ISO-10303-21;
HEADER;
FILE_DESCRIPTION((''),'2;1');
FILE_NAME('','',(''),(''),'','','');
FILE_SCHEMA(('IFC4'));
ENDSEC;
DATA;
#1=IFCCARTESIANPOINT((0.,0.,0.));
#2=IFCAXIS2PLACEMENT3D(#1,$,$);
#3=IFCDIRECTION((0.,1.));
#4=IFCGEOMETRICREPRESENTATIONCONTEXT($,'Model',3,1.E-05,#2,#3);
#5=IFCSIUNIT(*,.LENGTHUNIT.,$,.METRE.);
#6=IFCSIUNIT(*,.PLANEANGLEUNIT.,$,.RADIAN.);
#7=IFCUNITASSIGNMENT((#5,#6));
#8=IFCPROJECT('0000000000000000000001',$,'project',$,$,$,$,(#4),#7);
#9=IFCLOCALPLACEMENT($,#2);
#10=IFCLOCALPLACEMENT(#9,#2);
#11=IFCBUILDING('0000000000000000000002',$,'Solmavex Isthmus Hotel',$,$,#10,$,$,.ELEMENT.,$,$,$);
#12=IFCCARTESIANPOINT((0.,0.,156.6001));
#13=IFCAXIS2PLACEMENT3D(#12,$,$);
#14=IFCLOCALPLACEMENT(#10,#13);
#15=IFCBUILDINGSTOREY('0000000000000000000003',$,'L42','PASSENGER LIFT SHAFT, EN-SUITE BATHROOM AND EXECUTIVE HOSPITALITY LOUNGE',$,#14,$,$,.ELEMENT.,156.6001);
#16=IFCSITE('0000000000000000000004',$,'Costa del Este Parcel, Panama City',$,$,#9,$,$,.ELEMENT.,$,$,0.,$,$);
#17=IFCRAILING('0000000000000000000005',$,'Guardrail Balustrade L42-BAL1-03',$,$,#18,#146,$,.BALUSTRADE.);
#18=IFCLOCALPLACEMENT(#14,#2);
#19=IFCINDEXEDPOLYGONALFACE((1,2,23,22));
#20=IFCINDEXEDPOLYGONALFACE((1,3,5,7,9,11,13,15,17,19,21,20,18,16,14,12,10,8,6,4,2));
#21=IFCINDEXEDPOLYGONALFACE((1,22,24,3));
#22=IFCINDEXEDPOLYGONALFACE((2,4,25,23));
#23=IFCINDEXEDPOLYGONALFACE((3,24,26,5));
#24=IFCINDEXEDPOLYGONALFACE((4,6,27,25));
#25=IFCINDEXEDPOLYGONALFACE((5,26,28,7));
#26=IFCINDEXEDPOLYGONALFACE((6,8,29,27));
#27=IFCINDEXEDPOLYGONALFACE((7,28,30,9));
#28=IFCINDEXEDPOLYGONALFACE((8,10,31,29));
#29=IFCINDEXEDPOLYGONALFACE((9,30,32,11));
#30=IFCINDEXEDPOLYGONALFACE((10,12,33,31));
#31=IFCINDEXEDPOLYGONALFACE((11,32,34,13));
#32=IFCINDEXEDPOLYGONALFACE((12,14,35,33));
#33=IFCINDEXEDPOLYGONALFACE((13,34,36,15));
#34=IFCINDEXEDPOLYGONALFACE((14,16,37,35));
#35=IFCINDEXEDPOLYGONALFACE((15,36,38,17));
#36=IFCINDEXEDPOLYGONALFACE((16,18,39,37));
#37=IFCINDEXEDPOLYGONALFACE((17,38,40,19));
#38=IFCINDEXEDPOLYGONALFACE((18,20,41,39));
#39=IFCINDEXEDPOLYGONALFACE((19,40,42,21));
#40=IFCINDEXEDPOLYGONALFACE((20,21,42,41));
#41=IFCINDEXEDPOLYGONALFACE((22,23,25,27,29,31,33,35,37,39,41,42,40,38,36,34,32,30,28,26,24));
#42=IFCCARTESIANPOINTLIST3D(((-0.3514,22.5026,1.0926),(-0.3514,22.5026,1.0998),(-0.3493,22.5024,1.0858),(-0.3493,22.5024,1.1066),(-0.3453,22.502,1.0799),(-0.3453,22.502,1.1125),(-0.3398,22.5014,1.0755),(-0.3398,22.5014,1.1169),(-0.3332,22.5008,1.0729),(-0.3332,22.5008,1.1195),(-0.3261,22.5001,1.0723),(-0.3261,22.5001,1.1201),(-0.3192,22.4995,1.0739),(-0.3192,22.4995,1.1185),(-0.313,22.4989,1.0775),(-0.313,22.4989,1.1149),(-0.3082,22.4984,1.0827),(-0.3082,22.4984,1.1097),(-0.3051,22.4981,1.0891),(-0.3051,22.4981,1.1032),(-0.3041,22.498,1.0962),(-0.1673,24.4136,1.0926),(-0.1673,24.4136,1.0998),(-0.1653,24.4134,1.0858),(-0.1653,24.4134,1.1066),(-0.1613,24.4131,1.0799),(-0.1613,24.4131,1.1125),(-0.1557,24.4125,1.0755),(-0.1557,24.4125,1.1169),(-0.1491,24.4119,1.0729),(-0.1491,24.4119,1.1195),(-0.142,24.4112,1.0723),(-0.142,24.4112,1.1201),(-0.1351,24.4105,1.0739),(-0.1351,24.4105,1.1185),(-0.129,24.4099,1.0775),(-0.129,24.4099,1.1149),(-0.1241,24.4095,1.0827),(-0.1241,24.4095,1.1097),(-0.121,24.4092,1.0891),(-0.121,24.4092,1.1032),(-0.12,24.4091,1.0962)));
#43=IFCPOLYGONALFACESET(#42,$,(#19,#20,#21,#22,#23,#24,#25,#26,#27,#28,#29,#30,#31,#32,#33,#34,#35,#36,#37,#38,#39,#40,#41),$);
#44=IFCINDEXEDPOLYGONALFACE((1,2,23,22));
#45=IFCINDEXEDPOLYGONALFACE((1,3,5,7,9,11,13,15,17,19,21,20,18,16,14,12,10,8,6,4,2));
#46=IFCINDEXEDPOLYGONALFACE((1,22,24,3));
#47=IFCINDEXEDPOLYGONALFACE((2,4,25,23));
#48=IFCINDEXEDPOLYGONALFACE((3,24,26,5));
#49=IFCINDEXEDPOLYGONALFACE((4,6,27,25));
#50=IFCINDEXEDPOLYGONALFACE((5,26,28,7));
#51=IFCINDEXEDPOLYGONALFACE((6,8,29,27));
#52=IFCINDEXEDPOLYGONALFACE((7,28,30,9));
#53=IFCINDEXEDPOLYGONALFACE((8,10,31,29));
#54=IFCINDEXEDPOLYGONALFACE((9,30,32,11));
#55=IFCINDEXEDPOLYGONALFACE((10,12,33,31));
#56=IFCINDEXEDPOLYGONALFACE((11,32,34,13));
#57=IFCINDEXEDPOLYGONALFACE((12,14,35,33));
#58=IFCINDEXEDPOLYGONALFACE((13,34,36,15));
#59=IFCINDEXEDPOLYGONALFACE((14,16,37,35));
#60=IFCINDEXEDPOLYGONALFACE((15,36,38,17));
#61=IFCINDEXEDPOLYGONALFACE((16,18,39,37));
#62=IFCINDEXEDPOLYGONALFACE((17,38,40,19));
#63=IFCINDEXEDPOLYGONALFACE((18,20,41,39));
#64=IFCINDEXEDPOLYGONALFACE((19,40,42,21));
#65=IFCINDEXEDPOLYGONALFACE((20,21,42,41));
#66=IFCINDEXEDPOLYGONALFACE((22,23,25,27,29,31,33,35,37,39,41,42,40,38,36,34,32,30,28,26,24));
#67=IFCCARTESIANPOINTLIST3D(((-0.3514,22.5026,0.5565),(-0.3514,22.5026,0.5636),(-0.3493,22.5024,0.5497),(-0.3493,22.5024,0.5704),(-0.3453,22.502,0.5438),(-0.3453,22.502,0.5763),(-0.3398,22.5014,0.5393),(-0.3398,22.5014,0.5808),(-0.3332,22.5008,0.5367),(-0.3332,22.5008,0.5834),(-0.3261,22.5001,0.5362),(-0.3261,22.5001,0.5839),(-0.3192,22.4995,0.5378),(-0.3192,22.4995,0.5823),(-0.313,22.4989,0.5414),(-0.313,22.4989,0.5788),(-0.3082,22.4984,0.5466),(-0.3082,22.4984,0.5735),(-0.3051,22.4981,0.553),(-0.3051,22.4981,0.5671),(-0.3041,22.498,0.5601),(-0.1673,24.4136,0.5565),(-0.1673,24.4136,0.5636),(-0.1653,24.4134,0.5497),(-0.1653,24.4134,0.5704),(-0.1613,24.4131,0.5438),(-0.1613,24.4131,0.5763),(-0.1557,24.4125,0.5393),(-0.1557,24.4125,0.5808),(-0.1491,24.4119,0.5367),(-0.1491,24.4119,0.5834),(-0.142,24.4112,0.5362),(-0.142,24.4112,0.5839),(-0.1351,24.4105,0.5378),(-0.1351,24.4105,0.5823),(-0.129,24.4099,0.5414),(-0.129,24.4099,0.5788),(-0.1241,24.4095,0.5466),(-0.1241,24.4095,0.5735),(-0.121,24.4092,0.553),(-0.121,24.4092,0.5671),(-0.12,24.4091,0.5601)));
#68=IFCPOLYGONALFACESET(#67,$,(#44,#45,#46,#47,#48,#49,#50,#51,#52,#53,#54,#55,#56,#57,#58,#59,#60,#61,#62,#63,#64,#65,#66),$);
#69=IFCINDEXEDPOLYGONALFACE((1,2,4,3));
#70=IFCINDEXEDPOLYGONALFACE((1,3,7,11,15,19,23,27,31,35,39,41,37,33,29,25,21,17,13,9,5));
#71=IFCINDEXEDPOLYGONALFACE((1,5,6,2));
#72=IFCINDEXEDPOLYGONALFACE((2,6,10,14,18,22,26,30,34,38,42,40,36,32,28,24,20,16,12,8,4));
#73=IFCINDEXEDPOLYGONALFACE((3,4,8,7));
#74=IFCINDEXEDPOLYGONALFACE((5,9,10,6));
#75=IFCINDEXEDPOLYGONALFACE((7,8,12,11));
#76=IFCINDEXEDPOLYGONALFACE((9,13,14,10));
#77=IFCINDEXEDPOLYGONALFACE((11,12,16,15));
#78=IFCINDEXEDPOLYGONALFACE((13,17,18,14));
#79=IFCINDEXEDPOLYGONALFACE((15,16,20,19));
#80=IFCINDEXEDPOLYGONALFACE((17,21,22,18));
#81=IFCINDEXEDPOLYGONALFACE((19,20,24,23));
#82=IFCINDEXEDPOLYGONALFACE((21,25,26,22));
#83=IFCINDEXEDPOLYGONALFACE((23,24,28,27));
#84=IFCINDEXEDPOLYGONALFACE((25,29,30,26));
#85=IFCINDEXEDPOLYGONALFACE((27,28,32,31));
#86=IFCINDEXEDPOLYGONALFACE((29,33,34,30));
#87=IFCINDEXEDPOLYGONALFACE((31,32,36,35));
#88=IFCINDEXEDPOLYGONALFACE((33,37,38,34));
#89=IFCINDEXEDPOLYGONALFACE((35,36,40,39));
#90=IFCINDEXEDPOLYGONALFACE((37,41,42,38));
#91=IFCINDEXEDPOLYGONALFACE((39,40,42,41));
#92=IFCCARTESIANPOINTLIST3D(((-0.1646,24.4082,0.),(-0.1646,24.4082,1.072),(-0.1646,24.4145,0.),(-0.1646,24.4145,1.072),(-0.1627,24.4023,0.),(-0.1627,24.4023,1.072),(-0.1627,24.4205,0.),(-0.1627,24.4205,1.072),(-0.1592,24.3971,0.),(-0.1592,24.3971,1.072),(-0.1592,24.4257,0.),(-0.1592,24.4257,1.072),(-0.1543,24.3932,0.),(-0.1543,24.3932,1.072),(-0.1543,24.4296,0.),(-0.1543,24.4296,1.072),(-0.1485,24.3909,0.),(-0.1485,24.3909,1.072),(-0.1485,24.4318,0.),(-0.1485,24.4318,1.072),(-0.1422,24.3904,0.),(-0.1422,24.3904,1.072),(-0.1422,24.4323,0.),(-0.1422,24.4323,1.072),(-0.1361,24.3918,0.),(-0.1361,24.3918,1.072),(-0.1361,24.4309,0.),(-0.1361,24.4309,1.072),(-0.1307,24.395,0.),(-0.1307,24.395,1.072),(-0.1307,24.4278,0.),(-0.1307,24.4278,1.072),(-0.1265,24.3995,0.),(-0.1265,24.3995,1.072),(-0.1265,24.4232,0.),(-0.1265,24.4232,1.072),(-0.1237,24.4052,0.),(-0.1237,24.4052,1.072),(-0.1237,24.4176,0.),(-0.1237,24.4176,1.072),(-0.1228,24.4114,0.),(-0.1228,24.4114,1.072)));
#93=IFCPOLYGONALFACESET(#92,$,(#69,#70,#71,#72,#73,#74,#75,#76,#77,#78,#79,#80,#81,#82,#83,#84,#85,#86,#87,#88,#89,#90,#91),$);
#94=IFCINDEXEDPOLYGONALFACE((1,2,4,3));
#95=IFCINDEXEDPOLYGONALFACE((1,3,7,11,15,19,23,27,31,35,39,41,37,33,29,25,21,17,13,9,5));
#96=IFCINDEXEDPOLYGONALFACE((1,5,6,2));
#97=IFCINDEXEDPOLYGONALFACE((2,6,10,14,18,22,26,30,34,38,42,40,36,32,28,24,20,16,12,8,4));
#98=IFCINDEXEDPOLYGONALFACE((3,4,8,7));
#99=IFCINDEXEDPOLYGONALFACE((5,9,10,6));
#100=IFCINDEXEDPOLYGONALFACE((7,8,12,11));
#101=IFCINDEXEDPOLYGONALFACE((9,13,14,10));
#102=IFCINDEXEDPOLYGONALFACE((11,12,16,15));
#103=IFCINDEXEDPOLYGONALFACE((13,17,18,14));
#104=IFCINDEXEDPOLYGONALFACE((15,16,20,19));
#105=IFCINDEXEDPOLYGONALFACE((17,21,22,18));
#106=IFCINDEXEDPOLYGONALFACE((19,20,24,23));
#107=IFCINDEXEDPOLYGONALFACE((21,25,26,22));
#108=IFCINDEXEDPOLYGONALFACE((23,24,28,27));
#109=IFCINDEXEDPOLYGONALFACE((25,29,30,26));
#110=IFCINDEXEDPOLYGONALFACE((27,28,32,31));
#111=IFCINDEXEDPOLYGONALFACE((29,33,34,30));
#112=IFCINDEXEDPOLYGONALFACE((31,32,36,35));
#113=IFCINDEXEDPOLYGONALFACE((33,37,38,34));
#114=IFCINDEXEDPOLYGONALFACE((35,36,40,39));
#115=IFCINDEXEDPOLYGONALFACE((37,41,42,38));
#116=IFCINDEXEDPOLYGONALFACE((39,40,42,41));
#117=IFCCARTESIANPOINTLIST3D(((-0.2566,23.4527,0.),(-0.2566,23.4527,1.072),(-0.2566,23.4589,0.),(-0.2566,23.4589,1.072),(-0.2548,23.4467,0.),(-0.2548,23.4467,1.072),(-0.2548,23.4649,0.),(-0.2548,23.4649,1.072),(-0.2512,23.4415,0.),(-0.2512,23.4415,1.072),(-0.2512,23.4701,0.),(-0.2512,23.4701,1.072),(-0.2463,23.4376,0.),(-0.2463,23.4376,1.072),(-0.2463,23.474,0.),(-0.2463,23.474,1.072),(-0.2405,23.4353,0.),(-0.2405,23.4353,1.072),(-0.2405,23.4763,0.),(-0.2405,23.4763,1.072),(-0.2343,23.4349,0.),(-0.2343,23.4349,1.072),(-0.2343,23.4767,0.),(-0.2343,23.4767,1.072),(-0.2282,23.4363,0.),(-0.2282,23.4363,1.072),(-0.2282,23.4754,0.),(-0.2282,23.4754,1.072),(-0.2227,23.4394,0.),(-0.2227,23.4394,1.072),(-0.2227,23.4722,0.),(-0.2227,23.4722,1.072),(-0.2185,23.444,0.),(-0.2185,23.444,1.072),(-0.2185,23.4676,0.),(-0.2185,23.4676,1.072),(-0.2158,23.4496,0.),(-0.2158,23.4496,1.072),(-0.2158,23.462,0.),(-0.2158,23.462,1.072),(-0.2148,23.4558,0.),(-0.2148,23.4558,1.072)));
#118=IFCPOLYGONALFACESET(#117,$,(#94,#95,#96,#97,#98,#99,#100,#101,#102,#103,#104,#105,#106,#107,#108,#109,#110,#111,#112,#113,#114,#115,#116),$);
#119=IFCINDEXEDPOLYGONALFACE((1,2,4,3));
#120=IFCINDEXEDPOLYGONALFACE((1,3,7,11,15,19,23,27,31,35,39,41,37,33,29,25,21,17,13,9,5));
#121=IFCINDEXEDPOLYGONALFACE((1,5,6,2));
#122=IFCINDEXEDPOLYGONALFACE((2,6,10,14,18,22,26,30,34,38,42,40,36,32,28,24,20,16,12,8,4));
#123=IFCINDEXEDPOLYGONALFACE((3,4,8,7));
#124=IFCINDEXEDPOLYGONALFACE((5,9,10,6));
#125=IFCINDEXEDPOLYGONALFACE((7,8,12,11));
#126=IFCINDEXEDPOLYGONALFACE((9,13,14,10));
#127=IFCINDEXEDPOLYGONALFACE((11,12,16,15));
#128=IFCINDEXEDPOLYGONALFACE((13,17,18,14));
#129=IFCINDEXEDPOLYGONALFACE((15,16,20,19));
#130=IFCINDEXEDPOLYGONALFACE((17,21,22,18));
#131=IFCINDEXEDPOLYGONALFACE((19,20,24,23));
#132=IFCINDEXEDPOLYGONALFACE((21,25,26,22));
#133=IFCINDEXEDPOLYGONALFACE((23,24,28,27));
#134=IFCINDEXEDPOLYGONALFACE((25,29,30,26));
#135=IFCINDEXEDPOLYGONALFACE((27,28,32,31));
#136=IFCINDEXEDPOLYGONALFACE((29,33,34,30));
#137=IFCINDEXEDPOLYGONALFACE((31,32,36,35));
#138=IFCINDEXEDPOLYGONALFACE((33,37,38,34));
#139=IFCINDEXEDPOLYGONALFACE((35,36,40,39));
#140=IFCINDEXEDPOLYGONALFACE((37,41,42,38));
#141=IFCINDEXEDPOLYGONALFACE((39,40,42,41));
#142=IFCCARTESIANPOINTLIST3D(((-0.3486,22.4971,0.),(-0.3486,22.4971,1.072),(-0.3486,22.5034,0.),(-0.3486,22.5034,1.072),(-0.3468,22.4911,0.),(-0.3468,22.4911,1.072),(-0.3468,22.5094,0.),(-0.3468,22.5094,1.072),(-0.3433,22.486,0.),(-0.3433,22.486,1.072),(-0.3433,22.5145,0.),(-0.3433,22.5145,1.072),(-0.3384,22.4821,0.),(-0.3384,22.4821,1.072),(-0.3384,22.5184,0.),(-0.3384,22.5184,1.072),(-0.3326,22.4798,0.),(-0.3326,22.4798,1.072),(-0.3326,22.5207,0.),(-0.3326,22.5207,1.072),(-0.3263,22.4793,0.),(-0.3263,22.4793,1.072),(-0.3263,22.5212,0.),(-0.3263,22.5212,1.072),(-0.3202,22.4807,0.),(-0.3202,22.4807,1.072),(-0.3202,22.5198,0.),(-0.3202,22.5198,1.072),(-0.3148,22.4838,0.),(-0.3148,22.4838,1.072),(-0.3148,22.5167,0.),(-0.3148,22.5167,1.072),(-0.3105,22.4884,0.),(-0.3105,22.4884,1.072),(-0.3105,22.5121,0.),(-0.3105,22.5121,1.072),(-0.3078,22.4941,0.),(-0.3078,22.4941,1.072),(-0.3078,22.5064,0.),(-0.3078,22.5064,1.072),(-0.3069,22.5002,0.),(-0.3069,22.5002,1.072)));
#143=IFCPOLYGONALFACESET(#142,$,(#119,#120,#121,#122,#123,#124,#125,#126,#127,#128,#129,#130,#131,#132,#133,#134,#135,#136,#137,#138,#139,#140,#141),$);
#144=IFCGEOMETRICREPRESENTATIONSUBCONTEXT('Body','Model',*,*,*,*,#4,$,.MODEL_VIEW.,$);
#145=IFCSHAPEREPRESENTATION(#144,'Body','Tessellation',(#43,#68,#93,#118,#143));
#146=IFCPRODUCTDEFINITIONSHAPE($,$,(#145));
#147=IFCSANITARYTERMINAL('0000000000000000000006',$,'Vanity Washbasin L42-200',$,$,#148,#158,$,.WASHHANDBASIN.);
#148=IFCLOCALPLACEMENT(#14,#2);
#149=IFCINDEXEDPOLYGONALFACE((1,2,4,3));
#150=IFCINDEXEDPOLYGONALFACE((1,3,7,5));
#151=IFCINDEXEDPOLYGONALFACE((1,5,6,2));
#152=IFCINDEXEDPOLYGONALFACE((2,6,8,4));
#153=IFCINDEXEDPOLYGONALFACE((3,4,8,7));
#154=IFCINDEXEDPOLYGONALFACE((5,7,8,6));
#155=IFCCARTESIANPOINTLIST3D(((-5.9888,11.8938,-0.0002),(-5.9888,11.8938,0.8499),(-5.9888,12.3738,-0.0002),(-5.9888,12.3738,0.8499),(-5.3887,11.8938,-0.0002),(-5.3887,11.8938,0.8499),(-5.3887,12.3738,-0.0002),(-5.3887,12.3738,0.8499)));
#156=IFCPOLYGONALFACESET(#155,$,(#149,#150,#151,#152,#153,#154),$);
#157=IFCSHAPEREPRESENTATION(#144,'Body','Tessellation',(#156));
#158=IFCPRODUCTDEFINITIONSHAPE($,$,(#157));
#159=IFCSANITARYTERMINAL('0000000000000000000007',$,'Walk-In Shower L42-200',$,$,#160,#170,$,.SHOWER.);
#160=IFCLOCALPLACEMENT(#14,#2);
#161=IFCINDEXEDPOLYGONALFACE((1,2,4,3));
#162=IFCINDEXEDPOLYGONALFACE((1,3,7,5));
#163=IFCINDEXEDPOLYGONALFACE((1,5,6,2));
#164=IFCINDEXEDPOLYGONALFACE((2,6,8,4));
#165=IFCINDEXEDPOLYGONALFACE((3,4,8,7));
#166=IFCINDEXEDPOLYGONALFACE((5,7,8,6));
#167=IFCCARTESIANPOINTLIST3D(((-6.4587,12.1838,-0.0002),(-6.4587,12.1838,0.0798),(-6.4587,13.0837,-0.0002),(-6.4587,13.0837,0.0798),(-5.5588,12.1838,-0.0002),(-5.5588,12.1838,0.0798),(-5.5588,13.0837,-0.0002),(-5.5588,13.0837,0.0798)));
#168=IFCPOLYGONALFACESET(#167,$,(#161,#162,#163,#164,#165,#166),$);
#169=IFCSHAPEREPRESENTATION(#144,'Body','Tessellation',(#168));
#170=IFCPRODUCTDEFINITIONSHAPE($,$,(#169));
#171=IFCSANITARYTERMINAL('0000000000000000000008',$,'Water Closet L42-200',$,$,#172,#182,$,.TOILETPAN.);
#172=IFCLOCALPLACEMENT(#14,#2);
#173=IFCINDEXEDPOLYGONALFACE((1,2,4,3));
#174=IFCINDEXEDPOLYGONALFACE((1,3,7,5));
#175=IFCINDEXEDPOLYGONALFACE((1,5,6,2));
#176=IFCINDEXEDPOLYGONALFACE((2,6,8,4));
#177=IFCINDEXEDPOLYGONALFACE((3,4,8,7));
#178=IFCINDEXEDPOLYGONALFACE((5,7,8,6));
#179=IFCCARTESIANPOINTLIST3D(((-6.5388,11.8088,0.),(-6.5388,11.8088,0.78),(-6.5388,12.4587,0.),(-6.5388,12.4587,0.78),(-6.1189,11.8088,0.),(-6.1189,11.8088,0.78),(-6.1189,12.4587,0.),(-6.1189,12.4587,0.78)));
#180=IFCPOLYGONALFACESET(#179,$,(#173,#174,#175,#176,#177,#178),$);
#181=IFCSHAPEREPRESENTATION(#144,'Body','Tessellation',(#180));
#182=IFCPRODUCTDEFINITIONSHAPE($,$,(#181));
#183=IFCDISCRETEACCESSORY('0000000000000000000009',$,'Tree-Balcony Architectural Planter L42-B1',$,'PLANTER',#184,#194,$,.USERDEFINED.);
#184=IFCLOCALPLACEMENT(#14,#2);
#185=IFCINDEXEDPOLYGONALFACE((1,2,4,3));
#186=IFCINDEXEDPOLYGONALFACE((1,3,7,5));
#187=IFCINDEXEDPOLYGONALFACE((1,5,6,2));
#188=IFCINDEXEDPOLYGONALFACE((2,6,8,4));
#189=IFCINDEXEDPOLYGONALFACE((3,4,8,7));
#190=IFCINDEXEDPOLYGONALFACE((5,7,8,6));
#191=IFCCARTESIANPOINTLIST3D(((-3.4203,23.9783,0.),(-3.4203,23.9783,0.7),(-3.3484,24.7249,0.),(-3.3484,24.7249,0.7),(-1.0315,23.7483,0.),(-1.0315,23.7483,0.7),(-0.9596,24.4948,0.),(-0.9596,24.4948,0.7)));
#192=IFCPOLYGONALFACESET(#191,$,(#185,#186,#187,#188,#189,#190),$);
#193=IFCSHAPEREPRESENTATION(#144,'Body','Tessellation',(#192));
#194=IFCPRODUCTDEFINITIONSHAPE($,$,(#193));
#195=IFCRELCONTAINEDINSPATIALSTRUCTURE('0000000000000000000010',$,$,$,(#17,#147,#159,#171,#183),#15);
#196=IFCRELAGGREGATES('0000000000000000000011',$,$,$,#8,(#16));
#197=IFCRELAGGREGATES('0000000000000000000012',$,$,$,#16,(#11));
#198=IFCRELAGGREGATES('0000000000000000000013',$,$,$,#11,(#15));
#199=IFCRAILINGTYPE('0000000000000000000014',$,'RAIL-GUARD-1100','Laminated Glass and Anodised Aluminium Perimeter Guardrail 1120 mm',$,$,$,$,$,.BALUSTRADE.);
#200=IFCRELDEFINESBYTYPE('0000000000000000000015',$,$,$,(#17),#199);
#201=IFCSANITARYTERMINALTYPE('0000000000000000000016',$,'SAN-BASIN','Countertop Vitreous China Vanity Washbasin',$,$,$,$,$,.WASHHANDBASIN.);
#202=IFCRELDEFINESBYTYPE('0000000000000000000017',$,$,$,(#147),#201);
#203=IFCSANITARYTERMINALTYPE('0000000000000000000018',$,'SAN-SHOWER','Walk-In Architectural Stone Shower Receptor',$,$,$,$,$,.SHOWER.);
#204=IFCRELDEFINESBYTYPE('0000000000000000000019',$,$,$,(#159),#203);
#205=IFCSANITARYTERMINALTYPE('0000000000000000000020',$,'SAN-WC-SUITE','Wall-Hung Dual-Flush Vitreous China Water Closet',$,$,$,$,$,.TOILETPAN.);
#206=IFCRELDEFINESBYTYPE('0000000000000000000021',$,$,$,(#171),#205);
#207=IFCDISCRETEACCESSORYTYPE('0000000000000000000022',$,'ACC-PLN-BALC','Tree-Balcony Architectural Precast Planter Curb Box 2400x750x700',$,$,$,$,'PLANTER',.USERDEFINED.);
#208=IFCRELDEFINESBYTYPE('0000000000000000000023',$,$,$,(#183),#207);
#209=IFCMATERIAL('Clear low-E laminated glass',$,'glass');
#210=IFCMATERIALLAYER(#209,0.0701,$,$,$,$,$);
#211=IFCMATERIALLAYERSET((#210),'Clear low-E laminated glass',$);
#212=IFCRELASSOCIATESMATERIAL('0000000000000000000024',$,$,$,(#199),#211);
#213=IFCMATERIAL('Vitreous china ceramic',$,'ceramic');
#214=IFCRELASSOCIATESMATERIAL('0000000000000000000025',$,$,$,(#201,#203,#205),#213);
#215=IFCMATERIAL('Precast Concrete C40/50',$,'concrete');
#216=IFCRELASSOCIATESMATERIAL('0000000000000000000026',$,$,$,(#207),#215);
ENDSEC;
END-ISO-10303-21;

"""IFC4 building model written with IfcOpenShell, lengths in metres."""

from ifc_helpers import new_model, si_unit, direction, frame, origin, origin_2d, place, context, subcontext, project, spatial, rectangle, circle, extrude, material, layer, layer_set, type_object, element, save


model = new_model("IFC4")

# Units and contexts
model_context = context("Model", 3, precision=1e-05, world=origin(), true_north=direction((0.0, 1.0)))
body_context = subcontext(model_context, "Body", "Model", "MODEL_VIEW")
ifc_project = project(units=[si_unit("LENGTHUNIT", "METRE"), si_unit("PLANEANGLEUNIT", "RADIAN")], contexts=[model_context])

# Site, building, storey
site_placement = place(None, origin())
site = spatial("IfcSite", under=ifc_project, at=site_placement, Name="Costa del Este Parcel, Panama City", CompositionType="ELEMENT", RefElevation=0.0)
building_placement = place(site_placement, origin())
building = spatial("IfcBuilding", under=site, at=building_placement, Name="Solmavex Isthmus Hotel", CompositionType="ELEMENT")
storey_placement = place(building_placement, frame((0.0, 0.0, 156.6001)))
storey = spatial("IfcBuildingStorey", under=building, at=storey_placement, Name="L42", Description="PASSENGER LIFT SHAFT, EN-SUITE BATHROOM AND EXECUTIVE HOSPITALITY LOUNGE", CompositionType="ELEMENT", Elevation=156.6001)

# Shared definitions
ifc_material_1 = material(Name="Clear low-E laminated glass", Category="glass")

# Shared definitions
ifc_material_2 = material(Name="Precast Concrete C40/50", Category="concrete")

# Railing
ifc_layer_1 = layer(ifc_material_1, 0.0701)
ifc_layer_set_1 = layer_set([ifc_layer_1], Name="Clear low-E laminated glass")
railing_type = type_object("IfcRailingType", Name="RAIL-GUARD-1100", Description="Laminated Glass and Anodised Aluminium Perimeter Guardrail 1120 mm", PredefinedType="BALUSTRADE", material=ifc_layer_set_1)
railing_1_placement = place(storey_placement, frame((-0.1438, 24.4114, 0.0)))
element("IfcRailing", 1, at=railing_1_placement, inside=storey, type_object=railing_type, Name="Guardrail Balustrade L42-BAL1-03", PredefinedType="BALUSTRADE", context=body_context, shape_type="SweptSolid", body=[
    extrude(circle(Radius=0.0239, at=origin_2d()), frame((0.0, 0.0, 1.0962), z_axis=(-0.095877, -0.995393, 0.0), x_axis=(0.995393, -0.095877, 0.0)), (0.0, 0.0, 1.0), 1.9199),
    extrude(circle(Radius=0.0239, at=origin_2d()), frame((0.0, 0.0, 0.5601), z_axis=(-0.095877, -0.995393, 0.0), x_axis=(0.995393, -0.095877, 0.0)), (0.0, 0.0, 1.0), 1.9199),
    extrude(circle(Radius=0.021, at=origin_2d()), origin(), (0.0, 0.0, 1.0), 1.072),
    extrude(circle(Radius=0.021, at=origin_2d()), frame((-0.092, -0.9556, 0.0)), (0.0, 0.0, 1.0), 1.072),
    extrude(circle(Radius=0.021, at=origin_2d()), frame((-0.1841, -1.9111, 0.0)), (0.0, 0.0, 1.0), 1.072),
])

# Sanitary terminals
ifc_material_3 = material(Name="Vitreous china ceramic", Category="ceramic")
sanitary_terminal_type_1 = type_object("IfcSanitaryTerminalType", Name="SAN-BASIN", Description="Countertop Vitreous China Vanity Washbasin", PredefinedType="WASHHANDBASIN", material=ifc_material_3)
sanitary_terminal_1_placement = place(storey_placement, frame((-5.6887, 12.1338, -0.0002), z_axis=(0.0, 0.0, 1.0), x_axis=(1.0, 0.0, 0.0)))
element("IfcSanitaryTerminal", 2, at=sanitary_terminal_1_placement, inside=storey, type_object=sanitary_terminal_type_1, Name="Vanity Washbasin L42-200", PredefinedType="WASHHANDBASIN", context=body_context, shape_type="SweptSolid", body=[
    extrude(rectangle(XDim=0.6001, YDim=0.48, at=origin_2d()), origin(), (0.0, 0.0, 1.0), 0.8501),
])
sanitary_terminal_type_2 = type_object("IfcSanitaryTerminalType", Name="SAN-SHOWER", Description="Walk-In Architectural Stone Shower Receptor", PredefinedType="SHOWER", material=ifc_material_3)
sanitary_terminal_2_placement = place(storey_placement, frame((-6.0088, 12.6338, -0.0002), z_axis=(0.0, 0.0, 1.0), x_axis=(1.0, 0.0, 0.0)))
element("IfcSanitaryTerminal", 3, at=sanitary_terminal_2_placement, inside=storey, type_object=sanitary_terminal_type_2, Name="Walk-In Shower L42-200", PredefinedType="SHOWER", context=body_context, shape_type="SweptSolid", body=[
    extrude(rectangle(XDim=0.8999, YDim=0.8999, at=origin_2d()), origin(), (0.0, 0.0, 1.0), 0.0801),
])
sanitary_terminal_type_3 = type_object("IfcSanitaryTerminalType", Name="SAN-WC-SUITE", Description="Wall-Hung Dual-Flush Vitreous China Water Closet", PredefinedType="TOILETPAN", material=ifc_material_3)
sanitary_terminal_3_placement = place(storey_placement, frame((-6.3289, 12.1338, 0.0), z_axis=(0.0, 0.0, 1.0), x_axis=(1.0, 0.0, 0.0)))
element("IfcSanitaryTerminal", 4, at=sanitary_terminal_3_placement, inside=storey, type_object=sanitary_terminal_type_3, Name="Water Closet L42-200", PredefinedType="TOILETPAN", context=body_context, shape_type="SweptSolid", body=[
    extrude(rectangle(XDim=0.4199, YDim=0.6499, at=origin_2d()), origin(), (0.0, 0.0, 1.0), 0.78),
])

# Discrete accessory
discrete_accessory_type = type_object("IfcDiscreteAccessoryType", Name="ACC-PLN-BALC", Description="Tree-Balcony Architectural Precast Planter Curb Box 2400x750x700", ElementType="PLANTER", PredefinedType="USERDEFINED", material=ifc_material_2)
discrete_accessory_placement = place(storey_placement, frame((-2.1899, 24.2366, 0.0), z_axis=(0.0, 0.0, 1.0), x_axis=(0.995396, -0.095846, 0.0)))
element("IfcDiscreteAccessory", 5, at=discrete_accessory_placement, inside=storey, type_object=discrete_accessory_type, Name="Tree-Balcony Architectural Planter L42-B1", ObjectType="PLANTER", PredefinedType="USERDEFINED", context=body_context, shape_type="SweptSolid", body=[
    extrude(rectangle(XDim=2.3999, YDim=0.75, at=origin_2d()), origin(), (0.0, 0.0, 1.0), 0.7),
])

save(model, "model.ifc")
